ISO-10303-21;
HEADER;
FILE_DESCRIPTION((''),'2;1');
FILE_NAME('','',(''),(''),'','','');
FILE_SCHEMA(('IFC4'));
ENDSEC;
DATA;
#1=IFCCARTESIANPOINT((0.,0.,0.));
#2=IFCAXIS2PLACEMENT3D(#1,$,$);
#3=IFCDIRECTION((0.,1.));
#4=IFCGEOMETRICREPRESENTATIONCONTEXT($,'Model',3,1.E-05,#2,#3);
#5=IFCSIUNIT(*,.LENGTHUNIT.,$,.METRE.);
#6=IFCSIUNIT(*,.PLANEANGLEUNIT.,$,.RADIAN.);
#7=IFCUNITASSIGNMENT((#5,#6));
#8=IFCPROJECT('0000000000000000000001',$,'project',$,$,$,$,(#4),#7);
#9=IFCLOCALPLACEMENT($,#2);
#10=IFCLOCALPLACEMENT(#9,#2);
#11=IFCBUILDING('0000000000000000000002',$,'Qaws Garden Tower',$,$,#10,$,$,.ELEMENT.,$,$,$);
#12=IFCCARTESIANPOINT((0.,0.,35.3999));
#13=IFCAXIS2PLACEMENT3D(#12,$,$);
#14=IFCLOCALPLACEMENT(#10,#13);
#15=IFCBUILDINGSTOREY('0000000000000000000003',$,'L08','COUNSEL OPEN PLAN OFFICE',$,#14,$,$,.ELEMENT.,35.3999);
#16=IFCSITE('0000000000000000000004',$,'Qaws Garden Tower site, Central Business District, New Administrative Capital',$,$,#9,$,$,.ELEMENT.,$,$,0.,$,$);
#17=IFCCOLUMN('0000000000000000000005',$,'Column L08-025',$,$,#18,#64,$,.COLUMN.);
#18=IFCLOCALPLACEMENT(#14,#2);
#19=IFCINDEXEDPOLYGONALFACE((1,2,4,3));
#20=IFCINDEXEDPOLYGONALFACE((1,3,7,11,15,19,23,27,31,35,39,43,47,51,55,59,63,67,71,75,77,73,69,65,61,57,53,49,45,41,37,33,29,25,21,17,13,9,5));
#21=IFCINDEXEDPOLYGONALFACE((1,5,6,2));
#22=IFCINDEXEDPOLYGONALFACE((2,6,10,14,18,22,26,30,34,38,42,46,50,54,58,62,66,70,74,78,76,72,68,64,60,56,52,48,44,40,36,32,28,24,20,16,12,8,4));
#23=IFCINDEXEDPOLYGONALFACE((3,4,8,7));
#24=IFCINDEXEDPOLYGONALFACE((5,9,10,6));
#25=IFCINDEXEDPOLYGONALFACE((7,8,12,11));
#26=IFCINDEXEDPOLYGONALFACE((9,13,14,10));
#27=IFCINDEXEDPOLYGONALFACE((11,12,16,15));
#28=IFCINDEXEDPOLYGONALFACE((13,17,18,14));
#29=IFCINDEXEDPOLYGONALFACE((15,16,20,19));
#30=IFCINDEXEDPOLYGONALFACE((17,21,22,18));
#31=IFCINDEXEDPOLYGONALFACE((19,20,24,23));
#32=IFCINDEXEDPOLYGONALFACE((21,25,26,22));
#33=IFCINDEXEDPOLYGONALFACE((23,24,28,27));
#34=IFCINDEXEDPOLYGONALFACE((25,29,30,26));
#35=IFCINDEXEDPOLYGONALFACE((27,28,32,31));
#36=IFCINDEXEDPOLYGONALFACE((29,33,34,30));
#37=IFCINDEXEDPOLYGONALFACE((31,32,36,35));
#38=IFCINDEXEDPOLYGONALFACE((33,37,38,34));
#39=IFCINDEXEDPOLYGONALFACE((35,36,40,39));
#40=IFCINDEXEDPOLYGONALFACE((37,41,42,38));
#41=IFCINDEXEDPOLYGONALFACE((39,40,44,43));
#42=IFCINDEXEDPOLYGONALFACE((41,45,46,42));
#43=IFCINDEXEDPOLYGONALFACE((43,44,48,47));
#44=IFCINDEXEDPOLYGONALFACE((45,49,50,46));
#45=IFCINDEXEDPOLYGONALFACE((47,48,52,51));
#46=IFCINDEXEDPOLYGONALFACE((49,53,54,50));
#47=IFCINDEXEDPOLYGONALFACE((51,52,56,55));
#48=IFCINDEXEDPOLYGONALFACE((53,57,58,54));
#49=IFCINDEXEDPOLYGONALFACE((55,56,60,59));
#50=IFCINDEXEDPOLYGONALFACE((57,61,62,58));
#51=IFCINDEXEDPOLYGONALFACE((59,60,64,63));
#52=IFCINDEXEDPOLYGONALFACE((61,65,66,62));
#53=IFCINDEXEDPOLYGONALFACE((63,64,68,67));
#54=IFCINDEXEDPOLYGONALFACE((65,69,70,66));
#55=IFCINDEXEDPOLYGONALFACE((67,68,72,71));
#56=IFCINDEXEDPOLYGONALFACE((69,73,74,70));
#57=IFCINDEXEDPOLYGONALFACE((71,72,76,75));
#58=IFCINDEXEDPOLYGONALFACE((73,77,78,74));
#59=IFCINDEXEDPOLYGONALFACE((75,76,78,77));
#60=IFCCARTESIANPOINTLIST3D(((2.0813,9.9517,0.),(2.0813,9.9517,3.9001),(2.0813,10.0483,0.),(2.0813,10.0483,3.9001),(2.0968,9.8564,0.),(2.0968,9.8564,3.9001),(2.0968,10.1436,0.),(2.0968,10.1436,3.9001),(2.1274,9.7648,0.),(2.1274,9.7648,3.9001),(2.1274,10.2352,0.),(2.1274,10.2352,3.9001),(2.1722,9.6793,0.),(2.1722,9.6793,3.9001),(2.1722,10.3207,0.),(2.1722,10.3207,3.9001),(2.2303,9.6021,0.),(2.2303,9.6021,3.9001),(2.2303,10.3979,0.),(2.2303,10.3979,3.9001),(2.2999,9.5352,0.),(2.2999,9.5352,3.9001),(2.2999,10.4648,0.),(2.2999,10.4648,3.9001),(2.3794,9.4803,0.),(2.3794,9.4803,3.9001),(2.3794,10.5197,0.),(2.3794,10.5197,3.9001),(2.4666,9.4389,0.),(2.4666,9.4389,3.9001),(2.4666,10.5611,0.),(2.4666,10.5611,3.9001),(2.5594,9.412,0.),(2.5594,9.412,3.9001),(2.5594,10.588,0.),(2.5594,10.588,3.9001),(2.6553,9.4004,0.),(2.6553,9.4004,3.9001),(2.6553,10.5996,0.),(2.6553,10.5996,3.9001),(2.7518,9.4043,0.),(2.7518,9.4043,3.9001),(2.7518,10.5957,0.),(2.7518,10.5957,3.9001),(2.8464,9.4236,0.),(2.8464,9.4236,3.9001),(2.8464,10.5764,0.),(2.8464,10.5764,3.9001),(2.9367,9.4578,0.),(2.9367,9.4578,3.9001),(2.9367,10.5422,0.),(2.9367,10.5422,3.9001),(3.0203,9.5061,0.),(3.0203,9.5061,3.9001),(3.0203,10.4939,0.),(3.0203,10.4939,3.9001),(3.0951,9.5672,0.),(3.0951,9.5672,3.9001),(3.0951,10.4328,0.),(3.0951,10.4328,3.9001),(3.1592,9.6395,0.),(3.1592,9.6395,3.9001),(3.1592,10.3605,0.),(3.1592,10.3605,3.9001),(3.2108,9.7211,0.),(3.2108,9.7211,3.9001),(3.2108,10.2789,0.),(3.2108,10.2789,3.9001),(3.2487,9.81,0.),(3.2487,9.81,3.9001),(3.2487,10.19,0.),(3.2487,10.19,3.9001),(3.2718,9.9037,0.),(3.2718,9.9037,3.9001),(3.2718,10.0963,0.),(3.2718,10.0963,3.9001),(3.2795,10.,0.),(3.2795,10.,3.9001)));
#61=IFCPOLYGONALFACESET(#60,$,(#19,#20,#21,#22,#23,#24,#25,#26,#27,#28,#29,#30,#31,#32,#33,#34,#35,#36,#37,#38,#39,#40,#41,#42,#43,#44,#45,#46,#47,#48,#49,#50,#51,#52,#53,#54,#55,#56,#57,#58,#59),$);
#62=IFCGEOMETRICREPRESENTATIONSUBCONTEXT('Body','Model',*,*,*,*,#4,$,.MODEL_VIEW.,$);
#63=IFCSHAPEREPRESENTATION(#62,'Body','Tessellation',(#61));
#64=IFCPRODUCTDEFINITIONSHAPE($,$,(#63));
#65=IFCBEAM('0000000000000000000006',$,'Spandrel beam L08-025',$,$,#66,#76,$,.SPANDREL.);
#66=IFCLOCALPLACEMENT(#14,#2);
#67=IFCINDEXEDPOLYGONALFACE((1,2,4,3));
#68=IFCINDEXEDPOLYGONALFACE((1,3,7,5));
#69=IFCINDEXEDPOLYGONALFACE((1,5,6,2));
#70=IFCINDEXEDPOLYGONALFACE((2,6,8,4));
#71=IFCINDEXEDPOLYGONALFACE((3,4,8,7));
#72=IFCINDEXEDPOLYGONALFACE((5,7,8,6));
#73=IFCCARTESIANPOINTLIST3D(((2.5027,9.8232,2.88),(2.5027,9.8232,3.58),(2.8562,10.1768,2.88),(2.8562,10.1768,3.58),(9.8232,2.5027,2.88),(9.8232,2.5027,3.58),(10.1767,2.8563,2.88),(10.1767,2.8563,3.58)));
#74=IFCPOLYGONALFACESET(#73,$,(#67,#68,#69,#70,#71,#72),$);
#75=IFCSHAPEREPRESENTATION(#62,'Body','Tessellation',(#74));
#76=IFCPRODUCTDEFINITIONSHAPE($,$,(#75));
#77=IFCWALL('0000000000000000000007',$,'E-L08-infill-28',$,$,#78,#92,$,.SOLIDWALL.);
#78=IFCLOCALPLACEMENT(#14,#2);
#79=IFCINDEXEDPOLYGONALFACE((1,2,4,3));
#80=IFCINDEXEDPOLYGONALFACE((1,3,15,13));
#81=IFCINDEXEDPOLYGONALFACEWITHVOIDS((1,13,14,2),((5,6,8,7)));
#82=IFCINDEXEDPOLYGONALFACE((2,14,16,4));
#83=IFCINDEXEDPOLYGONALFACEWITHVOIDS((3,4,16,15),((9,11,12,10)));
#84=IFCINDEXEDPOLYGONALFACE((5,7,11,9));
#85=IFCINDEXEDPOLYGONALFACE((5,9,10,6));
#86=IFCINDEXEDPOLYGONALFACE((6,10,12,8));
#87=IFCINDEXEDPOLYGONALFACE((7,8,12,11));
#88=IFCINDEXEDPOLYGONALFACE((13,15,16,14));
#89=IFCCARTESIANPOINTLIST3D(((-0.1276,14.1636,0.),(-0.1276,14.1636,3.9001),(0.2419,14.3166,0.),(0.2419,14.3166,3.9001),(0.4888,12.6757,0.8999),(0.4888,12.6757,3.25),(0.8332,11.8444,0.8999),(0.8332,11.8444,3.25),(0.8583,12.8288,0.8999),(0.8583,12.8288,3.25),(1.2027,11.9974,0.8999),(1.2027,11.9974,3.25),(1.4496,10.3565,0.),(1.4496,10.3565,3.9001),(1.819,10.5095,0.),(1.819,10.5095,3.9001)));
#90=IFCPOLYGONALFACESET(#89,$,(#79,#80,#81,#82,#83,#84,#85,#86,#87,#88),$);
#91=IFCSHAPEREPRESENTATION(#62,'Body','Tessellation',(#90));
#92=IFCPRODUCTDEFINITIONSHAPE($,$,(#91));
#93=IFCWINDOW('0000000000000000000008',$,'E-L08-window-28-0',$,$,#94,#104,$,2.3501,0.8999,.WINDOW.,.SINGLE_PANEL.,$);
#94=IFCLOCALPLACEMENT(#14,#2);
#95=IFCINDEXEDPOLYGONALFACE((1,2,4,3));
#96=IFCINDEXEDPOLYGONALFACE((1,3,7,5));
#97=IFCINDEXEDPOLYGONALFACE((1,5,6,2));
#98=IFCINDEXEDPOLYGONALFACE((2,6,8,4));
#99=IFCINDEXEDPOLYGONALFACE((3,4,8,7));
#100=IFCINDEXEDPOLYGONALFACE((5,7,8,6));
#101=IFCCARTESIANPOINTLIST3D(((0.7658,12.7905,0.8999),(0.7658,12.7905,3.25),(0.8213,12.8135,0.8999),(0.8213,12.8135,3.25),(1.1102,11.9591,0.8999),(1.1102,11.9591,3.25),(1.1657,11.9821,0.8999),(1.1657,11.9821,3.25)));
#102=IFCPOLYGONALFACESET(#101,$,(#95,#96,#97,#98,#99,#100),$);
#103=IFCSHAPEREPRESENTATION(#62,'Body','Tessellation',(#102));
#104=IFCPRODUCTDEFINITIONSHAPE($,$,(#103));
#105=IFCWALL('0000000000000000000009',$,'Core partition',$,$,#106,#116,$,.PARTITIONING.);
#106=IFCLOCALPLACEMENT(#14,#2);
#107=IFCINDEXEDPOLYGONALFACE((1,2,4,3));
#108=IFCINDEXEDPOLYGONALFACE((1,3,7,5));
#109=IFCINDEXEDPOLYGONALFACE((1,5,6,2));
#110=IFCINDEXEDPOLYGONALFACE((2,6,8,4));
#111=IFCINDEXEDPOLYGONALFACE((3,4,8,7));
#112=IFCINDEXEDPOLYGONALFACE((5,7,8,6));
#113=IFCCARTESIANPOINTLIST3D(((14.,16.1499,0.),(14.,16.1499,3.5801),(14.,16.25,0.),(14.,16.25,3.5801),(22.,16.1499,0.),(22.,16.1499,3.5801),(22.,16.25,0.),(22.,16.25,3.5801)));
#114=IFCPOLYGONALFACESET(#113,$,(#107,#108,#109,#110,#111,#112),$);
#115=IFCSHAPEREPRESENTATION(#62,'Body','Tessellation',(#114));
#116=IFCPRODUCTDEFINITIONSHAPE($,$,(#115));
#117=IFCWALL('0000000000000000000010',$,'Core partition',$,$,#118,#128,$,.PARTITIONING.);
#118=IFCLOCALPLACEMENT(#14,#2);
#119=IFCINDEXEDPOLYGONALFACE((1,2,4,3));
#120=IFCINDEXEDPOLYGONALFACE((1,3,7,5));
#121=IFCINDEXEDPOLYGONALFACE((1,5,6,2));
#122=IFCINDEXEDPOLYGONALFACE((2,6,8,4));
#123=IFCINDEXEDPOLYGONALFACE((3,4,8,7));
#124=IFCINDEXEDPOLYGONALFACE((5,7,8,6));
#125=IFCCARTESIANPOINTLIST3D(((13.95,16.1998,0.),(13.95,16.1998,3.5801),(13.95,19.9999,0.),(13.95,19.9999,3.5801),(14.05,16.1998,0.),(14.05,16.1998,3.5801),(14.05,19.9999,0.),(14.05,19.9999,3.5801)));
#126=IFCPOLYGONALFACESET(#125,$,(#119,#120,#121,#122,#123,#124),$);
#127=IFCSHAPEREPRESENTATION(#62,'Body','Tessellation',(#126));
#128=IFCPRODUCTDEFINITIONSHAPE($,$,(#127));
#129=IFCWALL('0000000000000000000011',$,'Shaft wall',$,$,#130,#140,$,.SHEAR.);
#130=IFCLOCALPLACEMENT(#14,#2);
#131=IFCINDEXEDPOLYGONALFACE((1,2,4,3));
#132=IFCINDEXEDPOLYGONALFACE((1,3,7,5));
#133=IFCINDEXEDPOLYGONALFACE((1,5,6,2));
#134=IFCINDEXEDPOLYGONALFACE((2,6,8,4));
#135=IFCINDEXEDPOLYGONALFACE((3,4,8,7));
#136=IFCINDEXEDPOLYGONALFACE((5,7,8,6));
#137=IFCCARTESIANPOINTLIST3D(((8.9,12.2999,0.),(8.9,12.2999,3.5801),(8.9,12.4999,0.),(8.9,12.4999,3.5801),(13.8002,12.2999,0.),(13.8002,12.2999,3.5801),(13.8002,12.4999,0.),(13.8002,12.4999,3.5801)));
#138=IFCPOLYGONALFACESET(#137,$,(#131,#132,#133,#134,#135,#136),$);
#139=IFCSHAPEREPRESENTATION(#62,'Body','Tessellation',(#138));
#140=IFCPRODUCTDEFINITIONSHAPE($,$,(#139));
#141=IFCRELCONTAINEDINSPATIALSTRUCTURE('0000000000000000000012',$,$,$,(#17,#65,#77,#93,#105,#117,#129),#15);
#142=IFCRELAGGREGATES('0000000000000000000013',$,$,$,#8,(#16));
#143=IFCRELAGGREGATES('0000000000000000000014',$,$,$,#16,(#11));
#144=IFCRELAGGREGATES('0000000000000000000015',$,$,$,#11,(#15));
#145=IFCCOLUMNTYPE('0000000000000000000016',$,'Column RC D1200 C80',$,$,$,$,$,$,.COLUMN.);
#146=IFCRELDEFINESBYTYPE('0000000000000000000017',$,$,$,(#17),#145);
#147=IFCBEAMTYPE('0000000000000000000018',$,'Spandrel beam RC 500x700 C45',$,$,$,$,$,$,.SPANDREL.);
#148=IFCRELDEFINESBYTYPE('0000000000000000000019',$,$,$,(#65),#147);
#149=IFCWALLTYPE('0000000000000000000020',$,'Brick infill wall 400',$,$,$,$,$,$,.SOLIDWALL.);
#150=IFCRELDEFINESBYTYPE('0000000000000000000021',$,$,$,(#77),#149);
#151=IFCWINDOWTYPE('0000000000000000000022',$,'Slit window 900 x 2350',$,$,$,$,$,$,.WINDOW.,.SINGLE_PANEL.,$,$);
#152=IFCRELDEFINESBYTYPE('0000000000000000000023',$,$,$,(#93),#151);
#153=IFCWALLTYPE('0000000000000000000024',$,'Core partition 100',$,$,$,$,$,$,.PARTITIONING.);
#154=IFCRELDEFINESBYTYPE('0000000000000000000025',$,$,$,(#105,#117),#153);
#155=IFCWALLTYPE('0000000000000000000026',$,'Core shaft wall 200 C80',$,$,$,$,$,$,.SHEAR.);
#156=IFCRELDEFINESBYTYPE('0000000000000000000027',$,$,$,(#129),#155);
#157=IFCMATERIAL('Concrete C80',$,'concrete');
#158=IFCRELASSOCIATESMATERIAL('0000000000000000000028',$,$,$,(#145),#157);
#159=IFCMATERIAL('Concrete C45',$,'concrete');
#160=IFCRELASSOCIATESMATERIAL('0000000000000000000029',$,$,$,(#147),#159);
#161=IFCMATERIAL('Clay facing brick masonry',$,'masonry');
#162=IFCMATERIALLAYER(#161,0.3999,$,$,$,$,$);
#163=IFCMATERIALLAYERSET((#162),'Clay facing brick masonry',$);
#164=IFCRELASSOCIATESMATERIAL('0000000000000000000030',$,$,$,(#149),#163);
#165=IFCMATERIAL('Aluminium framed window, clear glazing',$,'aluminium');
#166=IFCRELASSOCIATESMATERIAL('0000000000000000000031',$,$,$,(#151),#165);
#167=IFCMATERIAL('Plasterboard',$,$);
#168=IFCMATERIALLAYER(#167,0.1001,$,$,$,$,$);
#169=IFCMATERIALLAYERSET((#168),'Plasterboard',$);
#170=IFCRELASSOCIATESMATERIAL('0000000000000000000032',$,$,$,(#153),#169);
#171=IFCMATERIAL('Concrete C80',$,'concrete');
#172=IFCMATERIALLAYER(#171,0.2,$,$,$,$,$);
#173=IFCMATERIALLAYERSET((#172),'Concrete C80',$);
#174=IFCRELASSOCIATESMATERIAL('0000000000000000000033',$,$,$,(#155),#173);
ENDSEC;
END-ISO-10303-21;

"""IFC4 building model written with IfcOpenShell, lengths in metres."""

from ifc_helpers import new_model, si_unit, direction, frame, frame_2d, origin, origin_2d, place, context, subcontext, project, spatial, rectangle, circle, extrude, material, layer, layer_set, material_profile, profile_set, type_object, element, fill, save


model = new_model("IFC4")

# Units and contexts
model_context = context("Model", 3, precision=1e-05, world=origin(), true_north=direction((0.0, 1.0)))
body_context = subcontext(model_context, "Body", "Model", "MODEL_VIEW")
ifc_project = project(units=[si_unit("LENGTHUNIT", "METRE"), si_unit("PLANEANGLEUNIT", "RADIAN")], contexts=[model_context])

# Site, building, storey
site_placement = place(None, origin())
site = spatial("IfcSite", under=ifc_project, at=site_placement, Name="Qaws Garden Tower site, Central Business District, New Administrative Capital", CompositionType="ELEMENT", RefElevation=0.0)
building_placement = place(site_placement, origin())
building = spatial("IfcBuilding", under=site, at=building_placement, Name="Qaws Garden Tower", CompositionType="ELEMENT")
storey_placement = place(building_placement, frame((0.0, 0.0, 35.3999)))
storey = spatial("IfcBuildingStorey", under=building, at=storey_placement, Name="L08", Description="COUNSEL OPEN PLAN OFFICE", CompositionType="ELEMENT", Elevation=35.3999)

# Column
ifc_material_1 = material(Name="Concrete C80", Category="concrete")
ifc_material_profile_1 = material_profile(ifc_material_1, circle(Radius=0.6001, at=origin_2d()), Name="RC D1200")
ifc_profile_set_1 = profile_set([ifc_material_profile_1], Name="Concrete C80")
column_type = type_object("IfcColumnType", Name="Column RC D1200 C80", PredefinedType="COLUMN", material=ifc_profile_set_1)
column_placement = place(storey_placement, frame((2.6794, 10.0, 0.0), z_axis=(0.0, 0.0, 1.0), x_axis=(1.0, 0.0, 0.0)))
element("IfcColumn", 1, at=column_placement, inside=storey, type_object=column_type, Name="Column L08-025", PredefinedType="COLUMN", context=body_context, shape_type="SweptSolid", body=[
    extrude(circle(Radius=0.6001, at=origin_2d()), origin(), (0.0, 0.0, 1.0), 3.9001),
])

# Beam
ifc_material_2 = material(Name="Concrete C45", Category="concrete")
ifc_material_profile_2 = material_profile(ifc_material_2, rectangle(XDim=0.5, YDim=0.7, at=origin_2d()), Name="RC 500x700")
ifc_profile_set_2 = profile_set([ifc_material_profile_2], Name="Concrete C45")
beam_type = type_object("IfcBeamType", Name="Spandrel beam RC 500x700 C45", PredefinedType="SPANDREL", material=ifc_profile_set_2)
beam_placement = place(storey_placement, frame((2.6794, 10.0, 3.23), z_axis=(0.707107, -0.707107, 0.0), x_axis=(0.707107, 0.707107, 0.0)))
element("IfcBeam", 2, at=beam_placement, inside=storey, type_object=beam_type, Name="Spandrel beam L08-025", PredefinedType="SPANDREL", context=body_context, shape_type="SweptSolid", body=[
    extrude(rectangle(XDim=0.5, YDim=0.7, at=origin_2d()), origin(), (0.0, 0.0, 1.0), 10.3528),
])

# Wall, opening, window
ifc_material_3 = material(Name="Clay facing brick masonry", Category="masonry")
ifc_layer_1 = layer(ifc_material_3, 0.3999)
ifc_layer_set_1 = layer_set([ifc_layer_1], Name="Clay facing brick masonry")
wall_type_1 = type_object("IfcWallType", Name="Brick infill wall 400", PredefinedType="SOLIDWALL", material=ifc_layer_set_1)
wall_1_placement = place(storey_placement, frame((0.0571, 14.2402, 0.0), z_axis=(0.0, 0.0, 1.0), x_axis=(0.382722, -0.923864, 0.0)))
wall_1 = element("IfcWall", 3, at=wall_1_placement, inside=storey, type_object=wall_type_1, Name="E-L08-infill-28", PredefinedType="SOLIDWALL", context=body_context, shape_type="SweptSolid", body=[
    extrude(rectangle(XDim=4.1208, YDim=0.3999, at=frame_2d((2.0605, 0.0))), origin(), (0.0, 0.0, 1.0), 3.9001),
])
opening_1_placement = place(wall_1_placement, frame((1.6106, 0.0, 0.8999)))
opening_1 = element("IfcOpeningElement", 4, at=opening_1_placement, cuts=wall_1, PredefinedType="OPENING", context=body_context, shape_type="SweptSolid", body=[
    extrude(rectangle(XDim=0.8999, YDim=2.3501, at=frame_2d((0.45, 1.175))), frame((0.0, 0.21, 0.0), z_axis=(0.0, -1.0, 0.0), x_axis=(1.0, 0.0, 0.0)), (0.0, 0.0, 1.0), 0.4199),
])
ifc_material_4 = material(Name="Aluminium framed window, clear glazing", Category="aluminium")
window_type = type_object("IfcWindowType", Name="Slit window 900 x 2350", PartitioningType="SINGLE_PANEL", PredefinedType="WINDOW", material=ifc_material_4)
window_placement = place(opening_1_placement, origin())
window = element("IfcWindow", 5, at=window_placement, inside=storey, type_object=window_type, Name="E-L08-window-28-0", OverallHeight=2.3501, OverallWidth=0.8999, PartitioningType="SINGLE_PANEL", PredefinedType="WINDOW", context=body_context, shape_type="SweptSolid", body=[
    extrude(rectangle(XDim=0.8999, YDim=2.3501, at=frame_2d((0.45, 1.175))), frame((0.0, 0.1599, 0.0), z_axis=(0.0, -1.0, 0.0), x_axis=(1.0, 0.0, 0.0)), (0.0, 0.0, 1.0), 0.0601),
])
fill(opening_1, window)

# Walls
ifc_material_5 = material(Name="Plasterboard")
ifc_layer_2 = layer(ifc_material_5, 0.1001)
ifc_layer_set_2 = layer_set([ifc_layer_2], Name="Plasterboard")
wall_type_2 = type_object("IfcWallType", Name="Core partition 100", PredefinedType="PARTITIONING", material=ifc_layer_set_2)
wall_2_placement = place(storey_placement, frame((14.0, 16.2, 0.0), z_axis=(0.0, 0.0, 1.0), x_axis=(1.0, 0.0, 0.0)))
element("IfcWall", 6, at=wall_2_placement, inside=storey, type_object=wall_type_2, Name="Core partition", PredefinedType="PARTITIONING", context=body_context, shape_type="SweptSolid", body=[
    extrude(rectangle(XDim=8.0, YDim=0.1001, at=frame_2d((4.0, 0.0))), origin(), (0.0, 0.0, 1.0), 3.5801),
])
wall_3_placement = place(storey_placement, frame((14.0, 16.2, 0.0), z_axis=(0.0, 0.0, 1.0), x_axis=(0.0, 1.0, 0.0)))
element("IfcWall", 7, at=wall_3_placement, inside=storey, type_object=wall_type_2, Name="Core partition", PredefinedType="PARTITIONING", context=body_context, shape_type="SweptSolid", body=[
    extrude(rectangle(XDim=3.8, YDim=0.1001, at=frame_2d((1.8999, 0.0))), origin(), (0.0, 0.0, 1.0), 3.5801),
])
ifc_material_6 = material(Name="Concrete C80", Category="concrete")
ifc_layer_3 = layer(ifc_material_6, 0.2)
ifc_layer_set_3 = layer_set([ifc_layer_3], Name="Concrete C80")
wall_type_3 = type_object("IfcWallType", Name="Core shaft wall 200 C80", PredefinedType="SHEAR", material=ifc_layer_set_3)
wall_4_placement = place(storey_placement, frame((8.8999, 12.3999, 0.0), z_axis=(0.0, 0.0, 1.0), x_axis=(1.0, 0.0, 0.0)))
element("IfcWall", 8, at=wall_4_placement, inside=storey, type_object=wall_type_3, Name="Shaft wall", PredefinedType="SHEAR", context=body_context, shape_type="SweptSolid", body=[
    extrude(rectangle(XDim=4.9001, YDim=0.2, at=frame_2d((2.4502, 0.0))), origin(), (0.0, 0.0, 1.0), 3.5801),
])

save(model, "model.ifc")
